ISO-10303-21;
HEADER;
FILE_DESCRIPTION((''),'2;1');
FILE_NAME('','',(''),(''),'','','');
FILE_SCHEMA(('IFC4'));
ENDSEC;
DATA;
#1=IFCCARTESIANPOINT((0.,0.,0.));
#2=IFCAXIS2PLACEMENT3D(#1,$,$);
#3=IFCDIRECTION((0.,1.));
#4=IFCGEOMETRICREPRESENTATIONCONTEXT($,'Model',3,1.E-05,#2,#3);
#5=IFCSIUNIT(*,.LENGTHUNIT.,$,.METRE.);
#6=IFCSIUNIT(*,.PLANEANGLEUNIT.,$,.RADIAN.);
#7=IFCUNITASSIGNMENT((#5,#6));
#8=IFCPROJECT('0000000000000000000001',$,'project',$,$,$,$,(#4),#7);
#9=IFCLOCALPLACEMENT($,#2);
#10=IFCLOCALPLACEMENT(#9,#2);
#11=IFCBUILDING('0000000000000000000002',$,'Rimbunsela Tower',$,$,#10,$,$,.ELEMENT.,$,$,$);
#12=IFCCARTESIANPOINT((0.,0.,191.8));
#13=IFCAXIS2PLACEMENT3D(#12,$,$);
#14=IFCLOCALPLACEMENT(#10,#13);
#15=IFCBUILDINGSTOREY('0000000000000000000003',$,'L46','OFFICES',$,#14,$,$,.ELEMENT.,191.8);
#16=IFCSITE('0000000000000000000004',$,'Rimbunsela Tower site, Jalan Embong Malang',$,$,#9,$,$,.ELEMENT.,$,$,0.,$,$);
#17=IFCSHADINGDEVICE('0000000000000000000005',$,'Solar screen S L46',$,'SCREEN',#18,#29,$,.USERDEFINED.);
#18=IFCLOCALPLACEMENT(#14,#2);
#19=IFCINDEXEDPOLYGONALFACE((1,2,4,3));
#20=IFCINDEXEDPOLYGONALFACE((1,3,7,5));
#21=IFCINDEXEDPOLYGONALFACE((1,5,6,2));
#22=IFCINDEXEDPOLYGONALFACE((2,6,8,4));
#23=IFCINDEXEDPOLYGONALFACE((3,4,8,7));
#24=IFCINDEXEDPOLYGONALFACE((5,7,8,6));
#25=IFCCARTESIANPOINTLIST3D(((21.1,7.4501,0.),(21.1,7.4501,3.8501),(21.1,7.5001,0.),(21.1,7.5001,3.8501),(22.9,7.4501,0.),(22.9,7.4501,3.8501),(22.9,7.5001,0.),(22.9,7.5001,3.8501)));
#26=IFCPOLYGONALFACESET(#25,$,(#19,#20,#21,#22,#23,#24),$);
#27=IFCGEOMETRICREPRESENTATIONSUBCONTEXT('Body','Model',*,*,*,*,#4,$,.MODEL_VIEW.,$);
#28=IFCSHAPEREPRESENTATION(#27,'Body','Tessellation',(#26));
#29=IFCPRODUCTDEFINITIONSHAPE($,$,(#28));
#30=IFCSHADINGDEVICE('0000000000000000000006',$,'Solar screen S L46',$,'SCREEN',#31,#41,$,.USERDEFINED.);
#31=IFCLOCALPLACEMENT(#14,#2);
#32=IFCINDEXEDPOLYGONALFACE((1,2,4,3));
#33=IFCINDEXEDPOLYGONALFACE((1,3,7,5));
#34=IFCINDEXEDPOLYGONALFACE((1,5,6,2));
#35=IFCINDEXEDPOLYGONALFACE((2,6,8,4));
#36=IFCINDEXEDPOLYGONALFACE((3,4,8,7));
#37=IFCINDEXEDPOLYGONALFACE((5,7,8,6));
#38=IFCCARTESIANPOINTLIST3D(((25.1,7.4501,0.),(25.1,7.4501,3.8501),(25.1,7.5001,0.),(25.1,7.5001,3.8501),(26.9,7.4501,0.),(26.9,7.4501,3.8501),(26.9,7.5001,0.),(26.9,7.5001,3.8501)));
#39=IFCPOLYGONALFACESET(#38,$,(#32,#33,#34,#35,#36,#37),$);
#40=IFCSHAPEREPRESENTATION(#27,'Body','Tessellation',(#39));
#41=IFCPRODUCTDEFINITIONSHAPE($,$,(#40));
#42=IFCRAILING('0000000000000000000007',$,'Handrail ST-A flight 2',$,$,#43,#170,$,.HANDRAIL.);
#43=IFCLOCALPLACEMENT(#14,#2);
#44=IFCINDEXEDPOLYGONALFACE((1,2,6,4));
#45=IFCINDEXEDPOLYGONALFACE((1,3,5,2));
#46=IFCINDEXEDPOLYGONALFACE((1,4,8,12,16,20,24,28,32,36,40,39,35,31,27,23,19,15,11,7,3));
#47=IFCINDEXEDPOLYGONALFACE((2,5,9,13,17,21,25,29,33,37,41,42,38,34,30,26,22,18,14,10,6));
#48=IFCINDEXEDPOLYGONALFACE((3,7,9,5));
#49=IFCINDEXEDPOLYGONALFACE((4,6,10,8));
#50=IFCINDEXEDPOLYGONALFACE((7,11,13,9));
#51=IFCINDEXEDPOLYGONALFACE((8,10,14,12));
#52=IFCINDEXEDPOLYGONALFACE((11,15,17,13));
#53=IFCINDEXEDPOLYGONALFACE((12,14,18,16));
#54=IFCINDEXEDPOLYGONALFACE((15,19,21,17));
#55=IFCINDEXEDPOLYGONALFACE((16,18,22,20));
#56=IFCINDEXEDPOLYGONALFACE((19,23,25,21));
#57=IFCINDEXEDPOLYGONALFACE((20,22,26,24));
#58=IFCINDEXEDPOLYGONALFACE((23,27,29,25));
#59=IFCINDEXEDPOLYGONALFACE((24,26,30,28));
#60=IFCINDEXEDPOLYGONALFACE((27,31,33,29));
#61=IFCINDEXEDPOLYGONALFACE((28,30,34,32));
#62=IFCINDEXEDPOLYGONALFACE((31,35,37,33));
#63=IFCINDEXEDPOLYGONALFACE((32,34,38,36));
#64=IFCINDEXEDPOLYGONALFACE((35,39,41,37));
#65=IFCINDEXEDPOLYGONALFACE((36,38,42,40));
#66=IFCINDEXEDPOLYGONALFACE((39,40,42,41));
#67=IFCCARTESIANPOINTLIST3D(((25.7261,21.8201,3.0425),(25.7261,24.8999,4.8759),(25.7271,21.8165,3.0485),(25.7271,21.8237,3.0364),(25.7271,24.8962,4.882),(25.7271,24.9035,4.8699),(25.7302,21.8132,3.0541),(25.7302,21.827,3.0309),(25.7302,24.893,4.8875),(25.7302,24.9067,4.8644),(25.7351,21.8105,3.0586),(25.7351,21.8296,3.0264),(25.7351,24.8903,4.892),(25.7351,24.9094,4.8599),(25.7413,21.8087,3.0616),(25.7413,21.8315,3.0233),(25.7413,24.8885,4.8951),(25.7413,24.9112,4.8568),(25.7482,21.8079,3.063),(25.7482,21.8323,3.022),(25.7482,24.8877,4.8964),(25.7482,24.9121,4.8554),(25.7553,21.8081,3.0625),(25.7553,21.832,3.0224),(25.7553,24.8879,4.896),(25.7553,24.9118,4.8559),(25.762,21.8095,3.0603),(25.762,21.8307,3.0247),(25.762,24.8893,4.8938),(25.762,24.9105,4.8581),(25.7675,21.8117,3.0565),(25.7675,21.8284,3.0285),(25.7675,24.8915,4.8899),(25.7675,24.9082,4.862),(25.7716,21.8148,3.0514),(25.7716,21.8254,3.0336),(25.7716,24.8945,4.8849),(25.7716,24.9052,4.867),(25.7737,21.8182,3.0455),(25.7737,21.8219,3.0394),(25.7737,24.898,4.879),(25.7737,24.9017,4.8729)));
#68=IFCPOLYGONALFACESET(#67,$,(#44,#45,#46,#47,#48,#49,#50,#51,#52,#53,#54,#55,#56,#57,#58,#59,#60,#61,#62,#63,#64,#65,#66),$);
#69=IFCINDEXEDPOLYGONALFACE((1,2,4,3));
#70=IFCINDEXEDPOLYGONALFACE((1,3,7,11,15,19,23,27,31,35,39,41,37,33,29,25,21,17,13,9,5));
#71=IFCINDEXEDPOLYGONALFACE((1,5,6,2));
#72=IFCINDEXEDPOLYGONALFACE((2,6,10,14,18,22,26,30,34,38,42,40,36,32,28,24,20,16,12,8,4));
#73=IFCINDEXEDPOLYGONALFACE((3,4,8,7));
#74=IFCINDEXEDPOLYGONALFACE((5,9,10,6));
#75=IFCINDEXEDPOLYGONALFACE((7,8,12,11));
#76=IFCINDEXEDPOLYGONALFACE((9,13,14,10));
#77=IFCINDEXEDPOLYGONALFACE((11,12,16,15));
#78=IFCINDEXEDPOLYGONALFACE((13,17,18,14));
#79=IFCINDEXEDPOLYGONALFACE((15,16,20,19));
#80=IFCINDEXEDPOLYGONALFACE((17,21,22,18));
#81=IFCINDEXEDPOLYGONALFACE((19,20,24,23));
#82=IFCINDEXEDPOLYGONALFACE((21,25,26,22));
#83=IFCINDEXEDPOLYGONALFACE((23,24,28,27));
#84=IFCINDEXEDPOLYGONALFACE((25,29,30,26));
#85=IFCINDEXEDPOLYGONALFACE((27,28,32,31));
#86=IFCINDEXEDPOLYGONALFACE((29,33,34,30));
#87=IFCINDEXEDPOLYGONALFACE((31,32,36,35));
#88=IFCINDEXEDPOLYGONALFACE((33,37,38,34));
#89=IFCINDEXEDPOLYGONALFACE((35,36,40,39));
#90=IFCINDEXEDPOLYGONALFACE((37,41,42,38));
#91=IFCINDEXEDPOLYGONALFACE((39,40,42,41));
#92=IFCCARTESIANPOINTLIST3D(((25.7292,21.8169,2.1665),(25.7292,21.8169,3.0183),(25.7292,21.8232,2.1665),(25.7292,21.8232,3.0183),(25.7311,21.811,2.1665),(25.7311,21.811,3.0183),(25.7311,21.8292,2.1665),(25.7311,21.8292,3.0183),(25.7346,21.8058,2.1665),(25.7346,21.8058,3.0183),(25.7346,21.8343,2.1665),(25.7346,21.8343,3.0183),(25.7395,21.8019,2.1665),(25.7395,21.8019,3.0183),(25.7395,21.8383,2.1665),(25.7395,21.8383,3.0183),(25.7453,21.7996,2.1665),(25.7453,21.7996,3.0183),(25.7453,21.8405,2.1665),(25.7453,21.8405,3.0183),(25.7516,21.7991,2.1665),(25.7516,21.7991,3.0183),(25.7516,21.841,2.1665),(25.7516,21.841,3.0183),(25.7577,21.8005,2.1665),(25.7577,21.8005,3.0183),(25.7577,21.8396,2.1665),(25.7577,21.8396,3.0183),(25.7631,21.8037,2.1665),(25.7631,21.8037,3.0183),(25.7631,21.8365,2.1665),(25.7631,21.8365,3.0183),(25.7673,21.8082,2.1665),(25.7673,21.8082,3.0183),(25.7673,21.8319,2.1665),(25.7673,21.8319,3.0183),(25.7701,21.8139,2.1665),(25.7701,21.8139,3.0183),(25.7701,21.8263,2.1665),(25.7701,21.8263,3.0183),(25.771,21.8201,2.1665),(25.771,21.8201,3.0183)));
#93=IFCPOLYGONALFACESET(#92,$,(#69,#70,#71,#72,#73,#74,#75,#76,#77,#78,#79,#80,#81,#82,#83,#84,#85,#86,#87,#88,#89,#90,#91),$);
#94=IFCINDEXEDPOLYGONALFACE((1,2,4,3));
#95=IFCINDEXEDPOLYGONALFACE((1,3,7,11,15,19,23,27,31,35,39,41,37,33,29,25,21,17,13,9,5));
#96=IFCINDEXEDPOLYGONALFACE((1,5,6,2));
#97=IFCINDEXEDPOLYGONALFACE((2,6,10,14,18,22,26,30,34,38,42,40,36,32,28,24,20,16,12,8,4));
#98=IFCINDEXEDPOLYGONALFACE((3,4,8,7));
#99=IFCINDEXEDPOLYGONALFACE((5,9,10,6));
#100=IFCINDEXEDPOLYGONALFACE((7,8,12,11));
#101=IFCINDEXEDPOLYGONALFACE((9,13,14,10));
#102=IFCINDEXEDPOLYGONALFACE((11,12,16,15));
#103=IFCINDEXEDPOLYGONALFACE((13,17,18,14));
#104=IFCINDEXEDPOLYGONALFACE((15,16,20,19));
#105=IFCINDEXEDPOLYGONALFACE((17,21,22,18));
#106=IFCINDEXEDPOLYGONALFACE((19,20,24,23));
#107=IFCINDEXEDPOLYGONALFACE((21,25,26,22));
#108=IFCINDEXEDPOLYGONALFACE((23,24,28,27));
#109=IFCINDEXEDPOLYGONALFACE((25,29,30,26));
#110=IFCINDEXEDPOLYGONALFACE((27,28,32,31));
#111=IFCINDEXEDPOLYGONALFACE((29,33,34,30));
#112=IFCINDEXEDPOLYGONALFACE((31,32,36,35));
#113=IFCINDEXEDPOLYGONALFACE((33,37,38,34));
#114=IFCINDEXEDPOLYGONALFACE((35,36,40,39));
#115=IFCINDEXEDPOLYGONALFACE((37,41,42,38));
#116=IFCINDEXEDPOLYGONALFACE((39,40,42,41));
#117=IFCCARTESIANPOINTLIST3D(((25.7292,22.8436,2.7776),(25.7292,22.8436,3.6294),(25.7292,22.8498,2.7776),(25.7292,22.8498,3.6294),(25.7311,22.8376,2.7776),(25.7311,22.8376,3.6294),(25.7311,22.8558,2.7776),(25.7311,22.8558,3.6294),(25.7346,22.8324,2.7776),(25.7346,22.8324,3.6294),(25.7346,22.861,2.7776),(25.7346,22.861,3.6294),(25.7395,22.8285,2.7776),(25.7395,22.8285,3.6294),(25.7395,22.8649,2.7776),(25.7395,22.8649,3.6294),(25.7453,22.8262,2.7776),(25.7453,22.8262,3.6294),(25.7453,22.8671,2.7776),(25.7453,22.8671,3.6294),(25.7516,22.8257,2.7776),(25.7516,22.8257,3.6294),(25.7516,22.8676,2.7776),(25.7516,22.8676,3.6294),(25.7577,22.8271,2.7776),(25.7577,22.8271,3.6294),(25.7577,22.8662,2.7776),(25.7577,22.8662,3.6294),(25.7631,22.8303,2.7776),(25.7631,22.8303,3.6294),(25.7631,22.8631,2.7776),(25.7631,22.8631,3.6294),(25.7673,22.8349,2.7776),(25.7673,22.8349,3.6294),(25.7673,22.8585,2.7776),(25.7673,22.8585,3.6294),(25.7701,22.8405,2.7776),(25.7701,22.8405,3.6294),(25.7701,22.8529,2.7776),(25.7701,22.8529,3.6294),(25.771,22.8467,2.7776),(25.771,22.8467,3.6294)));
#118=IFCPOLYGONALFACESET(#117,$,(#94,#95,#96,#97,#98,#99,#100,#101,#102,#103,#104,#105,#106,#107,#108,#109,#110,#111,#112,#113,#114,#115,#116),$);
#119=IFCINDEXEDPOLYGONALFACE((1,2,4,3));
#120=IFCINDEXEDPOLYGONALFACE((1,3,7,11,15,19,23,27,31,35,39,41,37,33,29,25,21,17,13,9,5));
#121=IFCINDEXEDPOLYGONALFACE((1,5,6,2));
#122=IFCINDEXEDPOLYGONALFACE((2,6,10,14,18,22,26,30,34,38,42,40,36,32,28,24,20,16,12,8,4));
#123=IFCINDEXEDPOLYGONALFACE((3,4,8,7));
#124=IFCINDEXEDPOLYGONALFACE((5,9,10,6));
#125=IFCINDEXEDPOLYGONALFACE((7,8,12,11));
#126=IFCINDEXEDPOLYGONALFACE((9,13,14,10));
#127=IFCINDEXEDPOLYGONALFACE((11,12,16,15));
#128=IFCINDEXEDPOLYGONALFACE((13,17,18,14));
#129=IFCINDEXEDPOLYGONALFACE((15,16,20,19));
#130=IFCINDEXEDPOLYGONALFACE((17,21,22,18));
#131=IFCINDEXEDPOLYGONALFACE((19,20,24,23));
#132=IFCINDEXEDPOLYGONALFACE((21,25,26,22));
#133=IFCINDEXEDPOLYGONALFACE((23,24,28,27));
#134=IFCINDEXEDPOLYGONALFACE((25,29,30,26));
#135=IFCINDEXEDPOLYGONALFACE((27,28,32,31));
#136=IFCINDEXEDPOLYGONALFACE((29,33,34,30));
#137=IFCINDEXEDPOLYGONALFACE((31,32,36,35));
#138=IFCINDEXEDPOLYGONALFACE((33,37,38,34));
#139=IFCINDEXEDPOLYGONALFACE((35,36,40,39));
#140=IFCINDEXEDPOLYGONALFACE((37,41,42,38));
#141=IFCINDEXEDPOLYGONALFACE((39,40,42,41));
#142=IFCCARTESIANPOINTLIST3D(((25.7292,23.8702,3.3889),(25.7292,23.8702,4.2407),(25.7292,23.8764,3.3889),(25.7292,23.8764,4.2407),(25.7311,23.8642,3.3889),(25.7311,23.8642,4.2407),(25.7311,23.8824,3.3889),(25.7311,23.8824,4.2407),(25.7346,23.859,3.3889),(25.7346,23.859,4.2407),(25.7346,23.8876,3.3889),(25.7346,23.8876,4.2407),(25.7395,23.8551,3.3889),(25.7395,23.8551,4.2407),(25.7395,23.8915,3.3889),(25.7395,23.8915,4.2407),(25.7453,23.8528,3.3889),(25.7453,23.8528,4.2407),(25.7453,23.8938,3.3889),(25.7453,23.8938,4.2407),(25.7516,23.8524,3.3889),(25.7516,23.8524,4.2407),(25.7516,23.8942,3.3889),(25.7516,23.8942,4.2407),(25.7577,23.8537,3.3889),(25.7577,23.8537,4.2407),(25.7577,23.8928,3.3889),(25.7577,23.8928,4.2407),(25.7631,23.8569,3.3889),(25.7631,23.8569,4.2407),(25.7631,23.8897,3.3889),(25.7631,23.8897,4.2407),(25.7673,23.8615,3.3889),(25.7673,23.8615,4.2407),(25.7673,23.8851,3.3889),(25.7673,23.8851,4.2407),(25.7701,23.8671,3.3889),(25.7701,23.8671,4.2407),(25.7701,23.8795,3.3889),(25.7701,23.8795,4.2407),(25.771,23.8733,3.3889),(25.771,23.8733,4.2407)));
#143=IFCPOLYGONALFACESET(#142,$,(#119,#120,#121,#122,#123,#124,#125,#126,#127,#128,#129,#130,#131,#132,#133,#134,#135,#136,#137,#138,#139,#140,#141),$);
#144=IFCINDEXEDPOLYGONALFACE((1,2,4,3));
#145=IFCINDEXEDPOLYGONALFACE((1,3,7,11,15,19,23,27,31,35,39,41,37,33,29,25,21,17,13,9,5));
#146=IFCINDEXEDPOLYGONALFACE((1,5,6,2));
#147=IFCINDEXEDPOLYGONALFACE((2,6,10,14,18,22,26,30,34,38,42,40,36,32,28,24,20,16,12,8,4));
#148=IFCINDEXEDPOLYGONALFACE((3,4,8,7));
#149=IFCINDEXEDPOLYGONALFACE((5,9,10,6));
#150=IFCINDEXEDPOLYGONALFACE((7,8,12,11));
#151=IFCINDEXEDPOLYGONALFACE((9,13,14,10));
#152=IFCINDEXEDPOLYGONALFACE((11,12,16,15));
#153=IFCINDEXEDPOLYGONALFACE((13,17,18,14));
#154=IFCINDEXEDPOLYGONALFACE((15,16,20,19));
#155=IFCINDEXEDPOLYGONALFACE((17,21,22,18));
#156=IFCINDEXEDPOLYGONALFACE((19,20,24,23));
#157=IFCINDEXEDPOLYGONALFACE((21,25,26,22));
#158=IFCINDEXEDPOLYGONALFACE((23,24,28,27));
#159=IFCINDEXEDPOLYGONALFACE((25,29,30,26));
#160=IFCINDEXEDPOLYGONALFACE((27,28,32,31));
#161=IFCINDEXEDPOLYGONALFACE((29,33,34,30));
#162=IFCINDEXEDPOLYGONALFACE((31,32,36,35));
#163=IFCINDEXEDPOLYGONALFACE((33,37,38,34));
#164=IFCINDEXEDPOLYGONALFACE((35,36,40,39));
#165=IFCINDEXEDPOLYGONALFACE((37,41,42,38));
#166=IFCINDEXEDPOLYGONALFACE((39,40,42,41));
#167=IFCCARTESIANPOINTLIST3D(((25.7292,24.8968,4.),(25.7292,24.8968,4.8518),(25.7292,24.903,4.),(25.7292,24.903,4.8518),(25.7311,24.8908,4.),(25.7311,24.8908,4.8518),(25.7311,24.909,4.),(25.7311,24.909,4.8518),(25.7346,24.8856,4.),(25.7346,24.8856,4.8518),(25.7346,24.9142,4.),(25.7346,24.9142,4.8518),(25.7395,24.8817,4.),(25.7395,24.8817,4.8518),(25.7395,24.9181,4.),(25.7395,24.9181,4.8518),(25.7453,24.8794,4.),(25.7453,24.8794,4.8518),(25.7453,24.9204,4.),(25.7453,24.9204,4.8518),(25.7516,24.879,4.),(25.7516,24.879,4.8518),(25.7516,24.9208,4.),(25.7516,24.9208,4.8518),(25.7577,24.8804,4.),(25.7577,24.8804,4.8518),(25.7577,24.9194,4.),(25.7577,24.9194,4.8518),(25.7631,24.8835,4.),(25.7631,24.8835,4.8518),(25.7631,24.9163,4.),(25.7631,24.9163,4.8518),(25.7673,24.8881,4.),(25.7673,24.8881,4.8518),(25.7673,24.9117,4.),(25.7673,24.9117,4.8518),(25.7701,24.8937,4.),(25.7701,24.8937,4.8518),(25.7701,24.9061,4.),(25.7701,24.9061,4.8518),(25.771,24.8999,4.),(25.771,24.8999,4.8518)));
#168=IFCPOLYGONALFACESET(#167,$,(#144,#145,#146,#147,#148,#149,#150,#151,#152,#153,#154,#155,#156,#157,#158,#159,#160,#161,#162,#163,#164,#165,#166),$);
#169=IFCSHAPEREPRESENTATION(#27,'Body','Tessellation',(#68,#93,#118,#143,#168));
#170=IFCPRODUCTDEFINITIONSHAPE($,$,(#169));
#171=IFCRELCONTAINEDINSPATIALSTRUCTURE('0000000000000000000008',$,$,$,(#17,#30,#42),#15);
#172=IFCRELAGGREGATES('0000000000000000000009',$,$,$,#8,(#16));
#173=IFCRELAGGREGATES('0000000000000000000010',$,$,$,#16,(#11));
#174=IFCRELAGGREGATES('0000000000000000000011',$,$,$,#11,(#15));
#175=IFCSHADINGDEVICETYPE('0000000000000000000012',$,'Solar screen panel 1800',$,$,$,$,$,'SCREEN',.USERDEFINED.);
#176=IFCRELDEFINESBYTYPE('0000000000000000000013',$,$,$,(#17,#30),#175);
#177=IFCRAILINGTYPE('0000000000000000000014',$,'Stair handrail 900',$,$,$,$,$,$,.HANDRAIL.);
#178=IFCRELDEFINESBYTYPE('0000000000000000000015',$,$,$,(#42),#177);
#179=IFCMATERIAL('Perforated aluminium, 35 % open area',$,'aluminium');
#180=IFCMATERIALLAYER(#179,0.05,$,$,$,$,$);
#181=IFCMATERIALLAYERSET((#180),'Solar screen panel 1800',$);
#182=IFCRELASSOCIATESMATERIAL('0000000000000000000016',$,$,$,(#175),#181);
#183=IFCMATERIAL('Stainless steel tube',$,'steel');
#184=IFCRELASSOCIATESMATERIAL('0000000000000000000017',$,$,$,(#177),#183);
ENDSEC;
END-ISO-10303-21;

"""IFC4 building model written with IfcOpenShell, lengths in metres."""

from ifc_helpers import new_model, si_unit, direction, frame, origin, origin_2d, place, context, subcontext, project, spatial, rectangle, circle, extrude, material, layer, layer_set, type_object, element, save


model = new_model("IFC4")

# Units and contexts
model_context = context("Model", 3, precision=1e-05, world=origin(), true_north=direction((0.0, 1.0)))
body_context = subcontext(model_context, "Body", "Model", "MODEL_VIEW")
ifc_project = project(units=[si_unit("LENGTHUNIT", "METRE"), si_unit("PLANEANGLEUNIT", "RADIAN")], contexts=[model_context])

# Site, building, storey
site_placement = place(None, origin())
site = spatial("IfcSite", under=ifc_project, at=site_placement, Name="Rimbunsela Tower site, Jalan Embong Malang", CompositionType="ELEMENT", RefElevation=0.0)
building_placement = place(site_placement, origin())
building = spatial("IfcBuilding", under=site, at=building_placement, Name="Rimbunsela Tower", CompositionType="ELEMENT")
storey_placement = place(building_placement, frame((0.0, 0.0, 191.8)))
storey = spatial("IfcBuildingStorey", under=building, at=storey_placement, Name="L46", Description="OFFICES", CompositionType="ELEMENT", Elevation=191.8)

# Shading devices
ifc_material_1 = material(Name="Perforated aluminium, 35 % open area", Category="aluminium")
ifc_layer_1 = layer(ifc_material_1, 0.05)
ifc_layer_set_1 = layer_set([ifc_layer_1], Name="Solar screen panel 1800")
shading_device_type = type_object("IfcShadingDeviceType", Name="Solar screen panel 1800", ElementType="SCREEN", PredefinedType="USERDEFINED", material=ifc_layer_set_1)
for number, where, z_axis, x_axis, name in (
    (1, (22.0, 7.4751, 0.0), (0.0, 0.0, 1.0), (1.0, 0.0, 0.0), "Solar screen S L46"),
    (2, (26.0, 7.4751, 0.0), (0.0, 0.0, 1.0), (1.0, 0.0, 0.0), "Solar screen S L46"),
):
    element("IfcShadingDevice", number, at=place(storey_placement, frame(where, z_axis=z_axis, x_axis=x_axis)), inside=storey, type_object=shading_device_type, Name=name, ObjectType="SCREEN", PredefinedType="USERDEFINED", context=body_context, shape_type="SweptSolid", body=[
        extrude(rectangle(XDim=1.8, YDim=0.05, at=origin_2d()), origin(), (0.0, 0.0, 1.0), 3.8501),
    ])

# Railing
ifc_material_2 = material(Name="Stainless steel tube", Category="steel")
railing_type = type_object("IfcRailingType", Name="Stair handrail 900", PredefinedType="HANDRAIL", material=ifc_material_2)
railing_placement = place(storey_placement, frame((25.75, 21.8201, 2.1665)))
element("IfcRailing", 3, at=railing_placement, inside=storey, type_object=railing_type, Name="Handrail ST-A flight 2", PredefinedType="HANDRAIL", context=body_context, shape_type="SweptSolid", body=[
    extrude(circle(Radius=0.0239, at=origin_2d()), frame((0.0, 0.0, 0.876), z_axis=(0.0, 0.859261, 0.511538), x_axis=(-1.0, 0.0, 0.0)), (0.0, 0.0, 1.0), 3.5842),
    extrude(circle(Radius=0.021, at=origin_2d()), origin(), (0.0, 0.0, 1.0), 0.8518),
    extrude(circle(Radius=0.021, at=origin_2d()), frame((0.0, 1.0266, 0.6111)), (0.0, 0.0, 1.0), 0.8518),
    extrude(circle(Radius=0.021, at=origin_2d()), frame((0.0, 2.0532, 1.2224)), (0.0, 0.0, 1.0), 0.8518),
    extrude(circle(Radius=0.021, at=origin_2d()), frame((0.0, 3.0798, 1.8335)), (0.0, 0.0, 1.0), 0.8518),
])

save(model, "model.ifc")
